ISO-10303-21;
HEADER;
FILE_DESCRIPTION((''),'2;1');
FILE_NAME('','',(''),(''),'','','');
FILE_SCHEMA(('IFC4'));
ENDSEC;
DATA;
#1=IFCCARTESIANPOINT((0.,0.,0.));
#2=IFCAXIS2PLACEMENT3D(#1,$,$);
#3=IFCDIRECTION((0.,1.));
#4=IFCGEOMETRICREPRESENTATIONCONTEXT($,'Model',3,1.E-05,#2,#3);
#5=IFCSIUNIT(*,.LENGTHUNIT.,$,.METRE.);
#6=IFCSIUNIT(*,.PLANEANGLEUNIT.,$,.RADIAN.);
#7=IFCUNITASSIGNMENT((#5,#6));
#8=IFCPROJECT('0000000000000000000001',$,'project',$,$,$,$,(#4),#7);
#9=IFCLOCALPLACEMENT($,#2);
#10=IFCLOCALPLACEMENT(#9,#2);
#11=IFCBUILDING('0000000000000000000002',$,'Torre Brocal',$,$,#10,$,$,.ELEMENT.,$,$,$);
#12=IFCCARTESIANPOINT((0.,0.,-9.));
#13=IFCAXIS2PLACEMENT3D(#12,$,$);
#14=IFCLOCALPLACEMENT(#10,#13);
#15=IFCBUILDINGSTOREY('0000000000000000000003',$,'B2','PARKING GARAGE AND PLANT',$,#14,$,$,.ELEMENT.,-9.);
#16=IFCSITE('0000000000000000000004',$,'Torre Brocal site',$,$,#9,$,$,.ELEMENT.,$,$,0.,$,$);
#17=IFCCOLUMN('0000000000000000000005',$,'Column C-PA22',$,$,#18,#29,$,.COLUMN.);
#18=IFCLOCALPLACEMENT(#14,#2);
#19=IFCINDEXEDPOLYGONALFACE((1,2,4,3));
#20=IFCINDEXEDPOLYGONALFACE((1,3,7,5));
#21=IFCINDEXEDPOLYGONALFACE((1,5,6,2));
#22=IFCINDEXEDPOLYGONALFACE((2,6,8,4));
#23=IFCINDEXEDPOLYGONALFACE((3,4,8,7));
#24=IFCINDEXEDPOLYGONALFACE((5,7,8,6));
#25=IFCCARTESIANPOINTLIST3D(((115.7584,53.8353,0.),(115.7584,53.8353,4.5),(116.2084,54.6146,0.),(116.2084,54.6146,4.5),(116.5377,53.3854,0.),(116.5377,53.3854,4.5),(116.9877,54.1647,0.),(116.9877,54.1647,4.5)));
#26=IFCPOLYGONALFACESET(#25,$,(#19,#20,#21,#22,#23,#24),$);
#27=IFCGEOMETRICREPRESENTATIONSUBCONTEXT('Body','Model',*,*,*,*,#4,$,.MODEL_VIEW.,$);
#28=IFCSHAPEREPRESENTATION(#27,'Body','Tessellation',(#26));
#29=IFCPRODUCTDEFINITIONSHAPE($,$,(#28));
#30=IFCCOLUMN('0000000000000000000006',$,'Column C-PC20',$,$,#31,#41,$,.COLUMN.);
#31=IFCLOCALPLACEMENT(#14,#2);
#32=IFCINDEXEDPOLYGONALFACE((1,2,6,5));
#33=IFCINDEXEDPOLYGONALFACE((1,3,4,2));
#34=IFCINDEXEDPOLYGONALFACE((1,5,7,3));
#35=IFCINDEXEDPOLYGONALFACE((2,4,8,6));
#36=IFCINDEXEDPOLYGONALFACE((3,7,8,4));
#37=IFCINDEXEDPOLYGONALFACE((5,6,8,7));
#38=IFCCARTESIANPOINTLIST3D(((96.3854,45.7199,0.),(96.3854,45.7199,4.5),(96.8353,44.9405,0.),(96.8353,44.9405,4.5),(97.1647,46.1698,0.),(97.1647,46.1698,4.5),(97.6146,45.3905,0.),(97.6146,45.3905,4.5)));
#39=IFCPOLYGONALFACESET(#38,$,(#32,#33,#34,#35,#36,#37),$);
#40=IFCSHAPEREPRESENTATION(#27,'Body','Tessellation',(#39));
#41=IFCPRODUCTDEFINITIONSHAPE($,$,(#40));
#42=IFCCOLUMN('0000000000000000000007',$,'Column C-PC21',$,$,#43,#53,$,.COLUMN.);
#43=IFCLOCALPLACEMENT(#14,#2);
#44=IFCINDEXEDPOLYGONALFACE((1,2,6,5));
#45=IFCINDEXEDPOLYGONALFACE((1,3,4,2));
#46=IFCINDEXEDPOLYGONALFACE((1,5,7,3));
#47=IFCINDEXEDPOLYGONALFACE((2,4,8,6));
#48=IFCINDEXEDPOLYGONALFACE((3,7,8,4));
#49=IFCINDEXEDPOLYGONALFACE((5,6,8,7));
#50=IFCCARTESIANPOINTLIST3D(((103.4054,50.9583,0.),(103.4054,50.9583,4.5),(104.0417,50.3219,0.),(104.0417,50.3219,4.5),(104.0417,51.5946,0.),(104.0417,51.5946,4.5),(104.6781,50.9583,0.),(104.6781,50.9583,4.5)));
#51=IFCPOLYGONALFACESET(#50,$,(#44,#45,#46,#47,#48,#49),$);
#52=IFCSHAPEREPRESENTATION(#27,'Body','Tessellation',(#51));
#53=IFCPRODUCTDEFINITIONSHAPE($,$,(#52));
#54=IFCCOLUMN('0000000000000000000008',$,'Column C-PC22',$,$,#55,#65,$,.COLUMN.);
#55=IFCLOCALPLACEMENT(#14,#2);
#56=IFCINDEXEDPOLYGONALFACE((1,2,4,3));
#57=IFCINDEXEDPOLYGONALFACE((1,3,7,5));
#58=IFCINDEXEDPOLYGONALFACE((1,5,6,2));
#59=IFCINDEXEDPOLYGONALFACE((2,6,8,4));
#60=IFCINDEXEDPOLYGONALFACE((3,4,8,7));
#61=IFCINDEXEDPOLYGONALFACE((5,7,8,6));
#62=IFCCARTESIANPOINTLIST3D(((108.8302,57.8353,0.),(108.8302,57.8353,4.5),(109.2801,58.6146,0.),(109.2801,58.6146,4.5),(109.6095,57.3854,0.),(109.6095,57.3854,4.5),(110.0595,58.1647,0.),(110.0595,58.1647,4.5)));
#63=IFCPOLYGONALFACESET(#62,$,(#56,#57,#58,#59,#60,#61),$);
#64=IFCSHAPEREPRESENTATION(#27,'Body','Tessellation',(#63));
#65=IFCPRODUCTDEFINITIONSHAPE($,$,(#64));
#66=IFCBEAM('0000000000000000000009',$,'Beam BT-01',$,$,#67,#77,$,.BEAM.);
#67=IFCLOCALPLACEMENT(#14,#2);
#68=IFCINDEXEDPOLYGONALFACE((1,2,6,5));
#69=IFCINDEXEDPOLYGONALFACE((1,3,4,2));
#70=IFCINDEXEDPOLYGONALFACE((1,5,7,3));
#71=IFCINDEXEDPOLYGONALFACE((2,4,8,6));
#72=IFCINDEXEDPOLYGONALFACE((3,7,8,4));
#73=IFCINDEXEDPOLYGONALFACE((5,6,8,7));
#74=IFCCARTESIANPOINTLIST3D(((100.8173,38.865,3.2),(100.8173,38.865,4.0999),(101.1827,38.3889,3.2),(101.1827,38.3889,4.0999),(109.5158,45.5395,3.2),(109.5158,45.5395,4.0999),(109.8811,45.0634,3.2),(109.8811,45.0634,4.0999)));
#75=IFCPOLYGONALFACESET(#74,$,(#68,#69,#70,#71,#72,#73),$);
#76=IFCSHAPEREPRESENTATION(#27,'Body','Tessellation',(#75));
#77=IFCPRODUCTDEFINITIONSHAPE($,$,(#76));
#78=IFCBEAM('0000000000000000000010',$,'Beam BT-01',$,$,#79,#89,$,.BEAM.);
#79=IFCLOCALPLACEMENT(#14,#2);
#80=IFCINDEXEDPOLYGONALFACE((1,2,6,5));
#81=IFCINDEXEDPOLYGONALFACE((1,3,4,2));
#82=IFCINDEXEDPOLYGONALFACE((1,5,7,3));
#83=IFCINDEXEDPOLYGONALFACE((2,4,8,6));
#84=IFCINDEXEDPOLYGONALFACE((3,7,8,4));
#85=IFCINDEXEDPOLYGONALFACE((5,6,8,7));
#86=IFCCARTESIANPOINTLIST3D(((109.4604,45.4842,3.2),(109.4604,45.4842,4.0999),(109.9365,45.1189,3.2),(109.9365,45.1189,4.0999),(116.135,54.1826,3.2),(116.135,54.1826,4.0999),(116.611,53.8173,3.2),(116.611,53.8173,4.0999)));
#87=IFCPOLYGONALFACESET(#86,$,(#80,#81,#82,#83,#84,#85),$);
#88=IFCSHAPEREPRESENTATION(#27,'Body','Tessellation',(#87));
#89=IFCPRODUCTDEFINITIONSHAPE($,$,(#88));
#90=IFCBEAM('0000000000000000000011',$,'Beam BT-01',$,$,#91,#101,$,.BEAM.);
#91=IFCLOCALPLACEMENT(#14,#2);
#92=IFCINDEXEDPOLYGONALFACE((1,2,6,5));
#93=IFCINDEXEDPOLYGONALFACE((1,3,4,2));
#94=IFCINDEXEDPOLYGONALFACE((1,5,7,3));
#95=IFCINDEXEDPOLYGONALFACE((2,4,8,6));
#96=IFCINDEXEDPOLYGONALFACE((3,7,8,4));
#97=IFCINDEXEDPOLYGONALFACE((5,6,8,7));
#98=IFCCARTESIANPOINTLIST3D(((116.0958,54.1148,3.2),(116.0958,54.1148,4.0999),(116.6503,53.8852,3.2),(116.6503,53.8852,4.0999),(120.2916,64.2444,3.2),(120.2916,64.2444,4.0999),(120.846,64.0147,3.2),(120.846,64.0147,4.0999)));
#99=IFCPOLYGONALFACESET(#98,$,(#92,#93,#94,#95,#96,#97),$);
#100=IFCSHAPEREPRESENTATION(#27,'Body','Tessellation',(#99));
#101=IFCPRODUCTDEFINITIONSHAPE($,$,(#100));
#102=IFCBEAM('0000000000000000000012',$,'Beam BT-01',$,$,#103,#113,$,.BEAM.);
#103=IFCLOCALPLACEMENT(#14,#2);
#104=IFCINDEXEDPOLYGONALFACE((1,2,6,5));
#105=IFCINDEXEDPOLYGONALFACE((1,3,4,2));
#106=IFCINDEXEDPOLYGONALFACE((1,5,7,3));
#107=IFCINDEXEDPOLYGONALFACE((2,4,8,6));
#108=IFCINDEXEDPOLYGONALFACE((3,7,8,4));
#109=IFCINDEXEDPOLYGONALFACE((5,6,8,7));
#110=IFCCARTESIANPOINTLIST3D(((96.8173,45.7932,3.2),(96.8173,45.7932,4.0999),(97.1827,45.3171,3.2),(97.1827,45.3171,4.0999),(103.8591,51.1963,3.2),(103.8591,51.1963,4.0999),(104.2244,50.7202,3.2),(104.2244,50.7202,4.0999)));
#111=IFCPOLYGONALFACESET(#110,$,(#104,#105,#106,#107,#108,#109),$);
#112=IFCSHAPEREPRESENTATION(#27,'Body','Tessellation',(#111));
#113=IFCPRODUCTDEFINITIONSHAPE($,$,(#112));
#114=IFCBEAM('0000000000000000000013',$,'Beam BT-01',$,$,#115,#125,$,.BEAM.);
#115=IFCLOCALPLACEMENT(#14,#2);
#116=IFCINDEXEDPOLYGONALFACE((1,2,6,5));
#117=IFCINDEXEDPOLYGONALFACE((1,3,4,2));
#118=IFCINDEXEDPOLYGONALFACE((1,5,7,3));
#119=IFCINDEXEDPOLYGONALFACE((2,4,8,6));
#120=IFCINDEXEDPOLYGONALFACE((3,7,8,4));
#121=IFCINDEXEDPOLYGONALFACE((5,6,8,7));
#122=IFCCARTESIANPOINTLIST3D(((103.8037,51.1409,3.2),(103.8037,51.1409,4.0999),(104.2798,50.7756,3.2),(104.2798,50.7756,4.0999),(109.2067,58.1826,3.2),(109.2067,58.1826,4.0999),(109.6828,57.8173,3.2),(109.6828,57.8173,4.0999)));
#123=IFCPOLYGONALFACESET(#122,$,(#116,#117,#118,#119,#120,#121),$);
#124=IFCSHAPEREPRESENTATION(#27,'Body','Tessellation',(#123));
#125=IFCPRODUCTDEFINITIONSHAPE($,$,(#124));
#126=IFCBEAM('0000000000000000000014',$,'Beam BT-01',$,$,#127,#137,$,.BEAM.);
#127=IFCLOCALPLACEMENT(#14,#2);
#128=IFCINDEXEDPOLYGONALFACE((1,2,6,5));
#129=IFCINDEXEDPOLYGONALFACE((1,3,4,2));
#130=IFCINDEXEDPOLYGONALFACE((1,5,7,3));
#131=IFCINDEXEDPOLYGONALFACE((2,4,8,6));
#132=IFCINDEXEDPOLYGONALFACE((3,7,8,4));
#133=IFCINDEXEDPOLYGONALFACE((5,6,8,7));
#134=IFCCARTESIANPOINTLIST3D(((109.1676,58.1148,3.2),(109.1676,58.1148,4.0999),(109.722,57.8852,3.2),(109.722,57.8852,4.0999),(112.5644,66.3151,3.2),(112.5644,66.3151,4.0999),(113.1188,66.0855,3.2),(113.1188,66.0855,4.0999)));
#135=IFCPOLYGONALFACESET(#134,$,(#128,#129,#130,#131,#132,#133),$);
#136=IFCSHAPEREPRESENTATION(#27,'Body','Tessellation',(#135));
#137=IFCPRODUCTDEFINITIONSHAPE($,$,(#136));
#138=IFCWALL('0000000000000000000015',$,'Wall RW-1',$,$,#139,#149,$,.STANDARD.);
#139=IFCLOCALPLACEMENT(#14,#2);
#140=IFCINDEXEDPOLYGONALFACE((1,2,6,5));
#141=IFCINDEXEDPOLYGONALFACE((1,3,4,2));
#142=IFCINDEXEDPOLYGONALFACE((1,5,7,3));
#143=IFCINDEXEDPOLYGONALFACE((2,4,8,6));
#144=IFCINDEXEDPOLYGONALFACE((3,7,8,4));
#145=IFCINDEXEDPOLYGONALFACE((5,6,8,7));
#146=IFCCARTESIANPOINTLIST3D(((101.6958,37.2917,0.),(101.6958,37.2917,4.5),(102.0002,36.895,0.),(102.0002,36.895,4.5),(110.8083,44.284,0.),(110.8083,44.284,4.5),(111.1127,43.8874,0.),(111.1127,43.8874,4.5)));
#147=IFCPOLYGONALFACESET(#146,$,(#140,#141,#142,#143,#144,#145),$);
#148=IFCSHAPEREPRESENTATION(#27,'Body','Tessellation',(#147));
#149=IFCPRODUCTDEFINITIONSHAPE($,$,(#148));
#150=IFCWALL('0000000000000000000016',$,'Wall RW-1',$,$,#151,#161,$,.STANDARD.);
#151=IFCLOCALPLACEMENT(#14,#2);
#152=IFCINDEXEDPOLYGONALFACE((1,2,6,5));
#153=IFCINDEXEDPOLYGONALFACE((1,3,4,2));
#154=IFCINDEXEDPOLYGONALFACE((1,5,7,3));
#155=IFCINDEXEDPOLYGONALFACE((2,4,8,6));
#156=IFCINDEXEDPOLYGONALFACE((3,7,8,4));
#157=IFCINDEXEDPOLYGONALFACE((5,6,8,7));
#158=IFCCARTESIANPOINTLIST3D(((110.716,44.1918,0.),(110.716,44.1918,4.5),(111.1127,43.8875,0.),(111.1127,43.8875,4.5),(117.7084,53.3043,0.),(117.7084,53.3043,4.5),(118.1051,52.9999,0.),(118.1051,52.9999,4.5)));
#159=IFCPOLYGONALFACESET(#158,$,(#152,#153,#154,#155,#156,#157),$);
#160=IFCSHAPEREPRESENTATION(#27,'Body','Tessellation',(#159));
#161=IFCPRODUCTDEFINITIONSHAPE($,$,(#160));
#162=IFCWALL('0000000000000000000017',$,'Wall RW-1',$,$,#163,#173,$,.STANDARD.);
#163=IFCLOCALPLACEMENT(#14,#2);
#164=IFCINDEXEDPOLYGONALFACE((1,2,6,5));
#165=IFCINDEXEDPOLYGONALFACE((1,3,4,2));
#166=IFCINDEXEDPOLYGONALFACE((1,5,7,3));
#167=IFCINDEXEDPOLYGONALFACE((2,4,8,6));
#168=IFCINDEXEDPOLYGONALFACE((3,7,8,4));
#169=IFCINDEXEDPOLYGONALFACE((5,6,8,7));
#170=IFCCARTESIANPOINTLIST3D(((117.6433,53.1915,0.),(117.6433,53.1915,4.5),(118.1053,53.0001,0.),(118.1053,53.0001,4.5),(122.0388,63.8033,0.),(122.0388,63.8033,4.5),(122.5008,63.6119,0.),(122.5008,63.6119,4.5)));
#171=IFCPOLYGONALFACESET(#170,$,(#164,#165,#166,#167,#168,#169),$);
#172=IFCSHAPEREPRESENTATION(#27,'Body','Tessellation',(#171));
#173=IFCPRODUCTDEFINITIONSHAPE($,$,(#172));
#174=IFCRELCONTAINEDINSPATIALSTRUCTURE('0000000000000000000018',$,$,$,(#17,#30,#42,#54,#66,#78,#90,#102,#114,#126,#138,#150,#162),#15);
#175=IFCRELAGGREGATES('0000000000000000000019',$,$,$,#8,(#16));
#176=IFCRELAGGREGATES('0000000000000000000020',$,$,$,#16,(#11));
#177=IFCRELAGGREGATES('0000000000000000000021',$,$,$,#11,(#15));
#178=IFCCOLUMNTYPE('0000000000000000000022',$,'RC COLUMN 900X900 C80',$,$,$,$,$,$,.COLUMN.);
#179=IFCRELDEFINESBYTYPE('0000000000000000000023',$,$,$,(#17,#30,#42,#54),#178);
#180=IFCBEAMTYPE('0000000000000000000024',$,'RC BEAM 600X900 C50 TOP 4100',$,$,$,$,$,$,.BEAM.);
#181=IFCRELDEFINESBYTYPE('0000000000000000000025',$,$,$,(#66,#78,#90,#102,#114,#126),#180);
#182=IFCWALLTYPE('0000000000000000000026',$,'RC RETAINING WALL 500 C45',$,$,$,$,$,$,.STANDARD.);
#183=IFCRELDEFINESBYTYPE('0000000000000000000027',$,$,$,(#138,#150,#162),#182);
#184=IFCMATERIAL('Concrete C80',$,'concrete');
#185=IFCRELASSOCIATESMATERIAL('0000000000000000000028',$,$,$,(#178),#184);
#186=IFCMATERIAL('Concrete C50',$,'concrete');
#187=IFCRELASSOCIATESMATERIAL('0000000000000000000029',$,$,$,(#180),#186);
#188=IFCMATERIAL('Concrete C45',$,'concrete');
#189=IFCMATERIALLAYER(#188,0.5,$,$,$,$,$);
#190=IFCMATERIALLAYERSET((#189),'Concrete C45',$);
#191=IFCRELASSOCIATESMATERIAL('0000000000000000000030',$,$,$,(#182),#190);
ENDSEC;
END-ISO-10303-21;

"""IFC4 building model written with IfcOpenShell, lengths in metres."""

from ifc_helpers import new_model, si_unit, direction, frame, frame_2d, origin, origin_2d, place, context, subcontext, project, spatial, rectangle, extrude, material, layer, layer_set, material_profile, profile_set, type_object, element, save


model = new_model("IFC4")

# Units and contexts
model_context = context("Model", 3, precision=1e-05, world=origin(), true_north=direction((0.0, 1.0)))
body_context = subcontext(model_context, "Body", "Model", "MODEL_VIEW")
ifc_project = project(units=[si_unit("LENGTHUNIT", "METRE"), si_unit("PLANEANGLEUNIT", "RADIAN")], contexts=[model_context])

# Site, building, storey
site_placement = place(None, origin())
site = spatial("IfcSite", under=ifc_project, at=site_placement, Name="Torre Brocal site", CompositionType="ELEMENT", RefElevation=0.0)
building_placement = place(site_placement, origin())
building = spatial("IfcBuilding", under=site, at=building_placement, Name="Torre Brocal", CompositionType="ELEMENT")
storey_placement = place(building_placement, frame((0.0, 0.0, -9.0)))
storey = spatial("IfcBuildingStorey", under=building, at=storey_placement, Name="B2", Description="PARKING GARAGE AND PLANT", CompositionType="ELEMENT", Elevation=-9.0)

# Columns
ifc_material_1 = material(Name="Concrete C80", Category="concrete")
ifc_material_profile_1 = material_profile(ifc_material_1, rectangle(XDim=0.8999, YDim=0.8999, at=origin_2d()), Name="RC 900X900")
ifc_profile_set_1 = profile_set([ifc_material_profile_1], Name="Concrete C80")
column_type = type_object("IfcColumnType", Name="RC COLUMN 900X900 C80", PredefinedType="COLUMN", material=ifc_profile_set_1)
for number, where, z_axis, x_axis, name in (
    (1, (116.373, 54.0, 0.0), (0.0, 0.0, 1.0), (0.866025, -0.5, 0.0), "Column C-PA22"),
    (2, (97.0, 45.5552, 0.0), (0.0, 0.0, 1.0), (0.5, -0.866025, 0.0), "Column C-PC20"),
    (3, (104.0417, 50.9583, 0.0), (0.0, 0.0, 1.0), (0.707107, -0.707107, 0.0), "Column C-PC21"),
    (4, (109.4448, 58.0, 0.0), (0.0, 0.0, 1.0), (0.866025, -0.5, 0.0), "Column C-PC22"),
):
    element("IfcColumn", number, at=place(storey_placement, frame(where, z_axis=z_axis, x_axis=x_axis)), inside=storey, type_object=column_type, Name=name, PredefinedType="COLUMN", context=body_context, shape_type="SweptSolid", body=[
        extrude(rectangle(XDim=0.8999, YDim=0.8999, at=origin_2d()), origin(), (0.0, 0.0, 1.0), 4.5),
    ])

# Beams
ifc_material_2 = material(Name="Concrete C50", Category="concrete")
ifc_material_profile_2 = material_profile(ifc_material_2, rectangle(XDim=0.6001, YDim=0.8999, at=origin_2d()), Name="RC 600X900")
ifc_profile_set_2 = profile_set([ifc_material_profile_2], Name="Concrete C50")
beam_type = type_object("IfcBeamType", Name="RC BEAM 600X900 C50 TOP 4100", PredefinedType="BEAM", material=ifc_profile_set_2)
for number, where, z_axis, x_axis, name in (
    (5, (101.0, 38.627, 3.6499), (0.793354, 0.60876, 0.0), (-0.60876, 0.793354, 0.0), "Beam BT-01"),
    (6, (109.6985, 45.3015, 3.6499), (0.60876, 0.793354, 0.0), (-0.793354, 0.60876, 0.0), "Beam BT-01"),
    (7, (116.373, 54.0, 3.6499), (0.382681, 0.923881, 0.0), (-0.923881, 0.382681, 0.0), "Beam BT-01"),
):
    element("IfcBeam", number, at=place(storey_placement, frame(where, z_axis=z_axis, x_axis=x_axis)), inside=storey, type_object=beam_type, Name=name, PredefinedType="BEAM", context=body_context, shape_type="SweptSolid", body=[
        extrude(rectangle(XDim=0.6001, YDim=0.8999, at=origin_2d()), origin(), (0.0, 0.0, 1.0), 10.9641),
    ])
for number, where, z_axis, x_axis, name in (
    (8, (97.0, 45.5552, 3.6499), (0.793367, 0.608744, 0.0), (-0.608744, 0.793367, 0.0), "Beam BT-01"),
    (9, (104.0417, 50.9583, 3.6499), (0.608744, 0.793367, 0.0), (-0.793367, 0.608744, 0.0), "Beam BT-01"),
):
    element("IfcBeam", number, at=place(storey_placement, frame(where, z_axis=z_axis, x_axis=x_axis)), inside=storey, type_object=beam_type, Name=name, PredefinedType="BEAM", context=body_context, shape_type="SweptSolid", body=[
        extrude(rectangle(XDim=0.6001, YDim=0.8999, at=origin_2d()), origin(), (0.0, 0.0, 1.0), 8.8757),
    ])
beam_placement = place(storey_placement, frame((109.4448, 58.0, 3.6499), z_axis=(0.382693, 0.923876, 0.0), x_axis=(-0.923876, 0.382693, 0.0)))
element("IfcBeam", 10, at=beam_placement, inside=storey, type_object=beam_type, Name="Beam BT-01", PredefinedType="BEAM", context=body_context, shape_type="SweptSolid", body=[
    extrude(rectangle(XDim=0.6001, YDim=0.8999, at=origin_2d()), origin(), (0.0, 0.0, 1.0), 8.876),
])

# Walls
ifc_material_3 = material(Name="Concrete C45", Category="concrete")
ifc_layer = layer(ifc_material_3, 0.5)
ifc_layer_set = layer_set([ifc_layer], Name="Concrete C45")
wall_type = type_object("IfcWallType", Name="RC RETAINING WALL 500 C45", PredefinedType="STANDARD", material=ifc_layer_set)
for number, where, z_axis, x_axis, name in (
    (11, (101.8479, 37.0933, 0.0), (0.0, 0.0, 1.0), (0.793348, 0.608768, 0.0), "Wall RW-1"),
    (12, (110.9143, 44.0396, 0.0), (0.0, 0.0, 1.0), (0.608768, 0.793348, 0.0), "Wall RW-1"),
    (13, (117.8743, 53.0957, 0.0), (0.0, 0.0, 1.0), (0.38268, 0.923881, 0.0), "Wall RW-1"),
):
    element("IfcWall", number, at=place(storey_placement, frame(where, z_axis=z_axis, x_axis=x_axis)), inside=storey, type_object=wall_type, Name=name, PredefinedType="STANDARD", context=body_context, shape_type="SweptSolid", body=[
        extrude(rectangle(XDim=11.4861, YDim=0.5, at=frame_2d((5.7432, 0.0))), origin(), (0.0, 0.0, 1.0), 4.5),
    ])

save(model, "model.ifc")
